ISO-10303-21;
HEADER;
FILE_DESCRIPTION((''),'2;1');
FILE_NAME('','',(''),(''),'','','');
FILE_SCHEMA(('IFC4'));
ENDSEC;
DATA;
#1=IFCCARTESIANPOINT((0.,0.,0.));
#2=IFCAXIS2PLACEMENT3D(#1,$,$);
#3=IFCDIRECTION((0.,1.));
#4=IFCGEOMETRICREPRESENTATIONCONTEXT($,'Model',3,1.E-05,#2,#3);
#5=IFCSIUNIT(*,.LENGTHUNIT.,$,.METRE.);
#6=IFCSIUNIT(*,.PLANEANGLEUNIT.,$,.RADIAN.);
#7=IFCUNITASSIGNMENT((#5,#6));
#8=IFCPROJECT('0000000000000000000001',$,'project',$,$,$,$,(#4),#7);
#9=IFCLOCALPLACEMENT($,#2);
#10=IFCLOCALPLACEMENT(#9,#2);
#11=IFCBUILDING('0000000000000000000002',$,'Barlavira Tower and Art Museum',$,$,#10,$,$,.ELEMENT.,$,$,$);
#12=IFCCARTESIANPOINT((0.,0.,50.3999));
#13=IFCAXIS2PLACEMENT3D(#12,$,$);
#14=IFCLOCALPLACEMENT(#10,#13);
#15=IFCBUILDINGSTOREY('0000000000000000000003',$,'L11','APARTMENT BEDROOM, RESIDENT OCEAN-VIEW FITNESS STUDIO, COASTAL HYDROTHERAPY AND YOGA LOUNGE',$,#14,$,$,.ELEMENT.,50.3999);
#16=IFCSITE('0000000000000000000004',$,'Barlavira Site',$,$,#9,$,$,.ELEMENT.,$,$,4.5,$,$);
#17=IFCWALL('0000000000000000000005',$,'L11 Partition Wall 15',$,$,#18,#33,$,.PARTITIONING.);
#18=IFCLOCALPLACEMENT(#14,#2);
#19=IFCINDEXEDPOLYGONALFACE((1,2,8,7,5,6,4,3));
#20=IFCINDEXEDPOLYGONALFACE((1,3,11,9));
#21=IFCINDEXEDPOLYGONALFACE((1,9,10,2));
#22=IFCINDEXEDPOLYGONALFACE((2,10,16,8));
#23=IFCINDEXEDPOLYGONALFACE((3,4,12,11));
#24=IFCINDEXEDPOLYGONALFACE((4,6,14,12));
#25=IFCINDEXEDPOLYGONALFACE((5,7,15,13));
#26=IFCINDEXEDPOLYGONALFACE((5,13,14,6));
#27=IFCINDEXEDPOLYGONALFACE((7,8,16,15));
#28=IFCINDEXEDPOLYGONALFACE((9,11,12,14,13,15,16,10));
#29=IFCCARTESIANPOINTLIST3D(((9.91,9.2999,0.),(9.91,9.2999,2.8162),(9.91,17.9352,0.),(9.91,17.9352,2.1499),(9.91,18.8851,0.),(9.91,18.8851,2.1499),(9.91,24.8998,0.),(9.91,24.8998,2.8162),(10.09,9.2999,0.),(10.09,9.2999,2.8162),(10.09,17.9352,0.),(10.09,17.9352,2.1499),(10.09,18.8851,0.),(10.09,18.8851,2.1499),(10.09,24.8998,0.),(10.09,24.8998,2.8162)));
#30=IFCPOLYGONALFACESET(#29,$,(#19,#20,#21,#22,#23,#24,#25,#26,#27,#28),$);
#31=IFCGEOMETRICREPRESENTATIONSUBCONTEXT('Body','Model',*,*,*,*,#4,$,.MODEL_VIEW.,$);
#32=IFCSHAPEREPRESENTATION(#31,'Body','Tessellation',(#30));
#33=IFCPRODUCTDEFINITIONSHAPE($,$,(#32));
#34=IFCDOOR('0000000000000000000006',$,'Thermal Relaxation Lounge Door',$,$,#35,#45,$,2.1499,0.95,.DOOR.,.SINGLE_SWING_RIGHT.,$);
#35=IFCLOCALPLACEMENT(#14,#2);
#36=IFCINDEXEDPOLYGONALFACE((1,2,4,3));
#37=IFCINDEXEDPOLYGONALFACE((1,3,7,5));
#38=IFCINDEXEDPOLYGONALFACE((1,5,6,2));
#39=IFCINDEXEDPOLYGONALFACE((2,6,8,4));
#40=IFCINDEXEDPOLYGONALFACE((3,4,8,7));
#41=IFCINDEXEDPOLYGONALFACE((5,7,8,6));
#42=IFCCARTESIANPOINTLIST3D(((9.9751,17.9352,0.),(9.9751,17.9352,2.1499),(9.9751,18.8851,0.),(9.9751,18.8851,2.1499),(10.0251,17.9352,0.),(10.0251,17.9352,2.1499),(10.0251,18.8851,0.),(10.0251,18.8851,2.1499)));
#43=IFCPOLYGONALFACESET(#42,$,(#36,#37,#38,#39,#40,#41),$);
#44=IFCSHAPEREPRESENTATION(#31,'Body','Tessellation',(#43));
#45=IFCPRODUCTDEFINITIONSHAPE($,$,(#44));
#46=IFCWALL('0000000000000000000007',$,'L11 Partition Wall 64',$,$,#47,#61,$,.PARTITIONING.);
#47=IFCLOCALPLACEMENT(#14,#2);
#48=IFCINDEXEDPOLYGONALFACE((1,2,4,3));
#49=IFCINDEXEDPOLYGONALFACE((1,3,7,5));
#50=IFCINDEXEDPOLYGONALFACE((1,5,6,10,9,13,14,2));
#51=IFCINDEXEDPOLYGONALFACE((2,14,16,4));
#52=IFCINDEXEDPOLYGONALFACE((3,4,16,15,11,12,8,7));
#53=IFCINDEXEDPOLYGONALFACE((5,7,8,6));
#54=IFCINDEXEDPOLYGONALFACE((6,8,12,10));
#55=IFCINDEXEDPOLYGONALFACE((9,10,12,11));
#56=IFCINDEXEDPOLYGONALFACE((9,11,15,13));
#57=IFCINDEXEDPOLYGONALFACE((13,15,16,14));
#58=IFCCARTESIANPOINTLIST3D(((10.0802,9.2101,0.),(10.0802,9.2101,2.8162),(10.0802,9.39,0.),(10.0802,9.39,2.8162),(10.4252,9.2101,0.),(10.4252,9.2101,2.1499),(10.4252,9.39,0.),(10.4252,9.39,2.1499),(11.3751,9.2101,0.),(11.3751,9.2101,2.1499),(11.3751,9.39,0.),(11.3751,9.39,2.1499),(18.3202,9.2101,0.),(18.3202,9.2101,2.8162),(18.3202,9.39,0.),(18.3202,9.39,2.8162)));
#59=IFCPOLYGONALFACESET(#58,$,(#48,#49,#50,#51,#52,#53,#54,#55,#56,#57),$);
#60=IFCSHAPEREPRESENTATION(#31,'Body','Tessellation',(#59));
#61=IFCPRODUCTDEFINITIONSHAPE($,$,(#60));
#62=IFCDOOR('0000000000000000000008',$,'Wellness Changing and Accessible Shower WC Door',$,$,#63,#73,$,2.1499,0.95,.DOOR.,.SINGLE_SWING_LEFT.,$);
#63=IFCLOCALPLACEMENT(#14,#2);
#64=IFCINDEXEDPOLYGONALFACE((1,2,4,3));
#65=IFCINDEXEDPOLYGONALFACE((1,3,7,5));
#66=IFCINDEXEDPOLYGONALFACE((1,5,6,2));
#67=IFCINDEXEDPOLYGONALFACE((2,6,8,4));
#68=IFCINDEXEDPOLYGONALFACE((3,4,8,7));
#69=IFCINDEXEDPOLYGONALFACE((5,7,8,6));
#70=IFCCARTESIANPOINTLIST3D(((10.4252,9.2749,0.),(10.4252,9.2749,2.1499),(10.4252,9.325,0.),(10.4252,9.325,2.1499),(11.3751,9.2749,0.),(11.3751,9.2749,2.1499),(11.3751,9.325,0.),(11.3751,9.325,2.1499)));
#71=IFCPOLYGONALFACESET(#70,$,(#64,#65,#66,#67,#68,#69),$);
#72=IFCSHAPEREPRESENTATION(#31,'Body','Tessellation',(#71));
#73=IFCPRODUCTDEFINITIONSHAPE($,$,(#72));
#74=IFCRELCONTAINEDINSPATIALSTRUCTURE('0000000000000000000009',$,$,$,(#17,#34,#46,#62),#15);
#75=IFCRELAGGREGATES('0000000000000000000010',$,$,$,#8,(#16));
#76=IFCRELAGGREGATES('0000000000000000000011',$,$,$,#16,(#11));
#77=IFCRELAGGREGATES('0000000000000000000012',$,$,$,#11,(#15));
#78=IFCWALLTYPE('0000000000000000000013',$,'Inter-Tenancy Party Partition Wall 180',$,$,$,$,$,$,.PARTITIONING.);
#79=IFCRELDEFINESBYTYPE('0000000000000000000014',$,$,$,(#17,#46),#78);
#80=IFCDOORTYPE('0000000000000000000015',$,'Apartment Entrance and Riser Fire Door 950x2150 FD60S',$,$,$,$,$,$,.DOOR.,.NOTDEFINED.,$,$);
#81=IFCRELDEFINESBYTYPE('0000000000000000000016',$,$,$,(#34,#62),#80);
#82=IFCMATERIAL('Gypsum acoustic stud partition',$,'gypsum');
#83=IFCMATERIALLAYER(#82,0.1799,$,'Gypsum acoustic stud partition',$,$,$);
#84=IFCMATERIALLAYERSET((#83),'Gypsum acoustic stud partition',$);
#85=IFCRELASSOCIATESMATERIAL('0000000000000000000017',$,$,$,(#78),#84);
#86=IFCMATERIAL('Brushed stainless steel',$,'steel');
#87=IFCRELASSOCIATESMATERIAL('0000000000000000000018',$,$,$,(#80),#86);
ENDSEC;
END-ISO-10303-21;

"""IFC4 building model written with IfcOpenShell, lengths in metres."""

from ifc_helpers import new_model, si_unit, direction, frame, frame_2d, origin, place, context, subcontext, project, spatial, rectangle, extrude, material, layer, layer_set, type_object, element, fill, save


model = new_model("IFC4")

# Units and contexts
model_context = context("Model", 3, precision=1e-05, world=origin(), true_north=direction((0.0, 1.0)))
body_context = subcontext(model_context, "Body", "Model", "MODEL_VIEW")
ifc_project = project(units=[si_unit("LENGTHUNIT", "METRE"), si_unit("PLANEANGLEUNIT", "RADIAN")], contexts=[model_context])

# Site, building, storey
site_placement = place(None, origin())
site = spatial("IfcSite", under=ifc_project, at=site_placement, Name="Barlavira Site", CompositionType="ELEMENT", RefElevation=4.5)
building_placement = place(site_placement, origin())
building = spatial("IfcBuilding", under=site, at=building_placement, Name="Barlavira Tower and Art Museum", CompositionType="ELEMENT")
storey_placement = place(building_placement, frame((0.0, 0.0, 50.3999)))
storey = spatial("IfcBuildingStorey", under=building, at=storey_placement, Name="L11", Description="APARTMENT BEDROOM, RESIDENT OCEAN-VIEW FITNESS STUDIO, COASTAL HYDROTHERAPY AND YOGA LOUNGE", CompositionType="ELEMENT", Elevation=50.3999)

# Walls, openings, doors
ifc_material_1 = material(Name="Gypsum acoustic stud partition", Category="gypsum")
ifc_layer_1 = layer(ifc_material_1, 0.1799, Name="Gypsum acoustic stud partition")
ifc_layer_set_1 = layer_set([ifc_layer_1], Name="Gypsum acoustic stud partition")
wall_type = type_object("IfcWallType", Name="Inter-Tenancy Party Partition Wall 180", PredefinedType="PARTITIONING", material=ifc_layer_set_1)
wall_1_placement = place(storey_placement, frame((10.0, 9.3, 0.0), z_axis=(0.0, 0.0, 1.0), x_axis=(0.0, 1.0, 0.0)))
wall_1 = element("IfcWall", 1, at=wall_1_placement, inside=storey, type_object=wall_type, Name="L11 Partition Wall 15", PredefinedType="PARTITIONING", context=body_context, shape_type="SweptSolid", body=[
    extrude(rectangle(XDim=15.5999, YDim=0.1799, at=frame_2d((7.7998, 0.0))), origin(), (0.0, 0.0, 1.0), 2.8162),
])
opening_1_placement = place(wall_1_placement, frame((8.635, 0.0, 0.0)))
opening_1 = element("IfcOpeningElement", 2, at=opening_1_placement, cuts=wall_1, PredefinedType="OPENING", context=body_context, shape_type="SweptSolid", body=[
    extrude(rectangle(XDim=0.95, YDim=2.1499, at=frame_2d((0.4751, 1.075))), frame((0.0, 0.1001, 0.0), z_axis=(0.0, -1.0, 0.0), x_axis=(1.0, 0.0, 0.0)), (0.0, 0.0, 1.0), 0.2),
])
ifc_material_2 = material(Name="Brushed stainless steel", Category="steel")
door_type = type_object("IfcDoorType", Name="Apartment Entrance and Riser Fire Door 950x2150 FD60S", OperationType="NOTDEFINED", PredefinedType="DOOR", material=ifc_material_2)
door_1_placement = place(opening_1_placement, origin())
door_1 = element("IfcDoor", 3, at=door_1_placement, inside=storey, type_object=door_type, Name="Thermal Relaxation Lounge Door", OperationType="SINGLE_SWING_RIGHT", OverallHeight=2.1499, OverallWidth=0.95, PredefinedType="DOOR", context=body_context, shape_type="SweptSolid", body=[
    extrude(rectangle(XDim=0.95, YDim=2.1499, at=frame_2d((0.4751, 1.075))), frame((0.0, 0.0249, 0.0), z_axis=(0.0, -1.0, 0.0), x_axis=(1.0, 0.0, 0.0)), (0.0, 0.0, 1.0), 0.05),
])
fill(opening_1, door_1)
wall_2_placement = place(storey_placement, frame((10.0801, 9.3, 0.0), z_axis=(0.0, 0.0, 1.0), x_axis=(1.0, 0.0, 0.0)))
wall_2 = element("IfcWall", 4, at=wall_2_placement, inside=storey, type_object=wall_type, Name="L11 Partition Wall 64", PredefinedType="PARTITIONING", context=body_context, shape_type="SweptSolid", body=[
    extrude(rectangle(XDim=8.24, YDim=0.1799, at=frame_2d((4.1201, 0.0))), origin(), (0.0, 0.0, 1.0), 2.8162),
])
opening_2_placement = place(wall_2_placement, frame((0.345, 0.0, 0.0)))
opening_2 = element("IfcOpeningElement", 5, at=opening_2_placement, cuts=wall_2, PredefinedType="OPENING", context=body_context, shape_type="SweptSolid", body=[
    extrude(rectangle(XDim=0.95, YDim=2.1499, at=frame_2d((0.4751, 1.075))), frame((0.0, 0.1001, 0.0), z_axis=(0.0, -1.0, 0.0), x_axis=(1.0, 0.0, 0.0)), (0.0, 0.0, 1.0), 0.2),
])
door_2_placement = place(opening_2_placement, origin())
door_2 = element("IfcDoor", 6, at=door_2_placement, inside=storey, type_object=door_type, Name="Wellness Changing and Accessible Shower WC Door", OperationType="SINGLE_SWING_LEFT", OverallHeight=2.1499, OverallWidth=0.95, PredefinedType="DOOR", context=body_context, shape_type="SweptSolid", body=[
    extrude(rectangle(XDim=0.95, YDim=2.1499, at=frame_2d((0.4751, 1.075))), frame((0.0, 0.0249, 0.0), z_axis=(0.0, -1.0, 0.0), x_axis=(1.0, 0.0, 0.0)), (0.0, 0.0, 1.0), 0.05),
])
fill(opening_2, door_2)

save(model, "model.ifc")
